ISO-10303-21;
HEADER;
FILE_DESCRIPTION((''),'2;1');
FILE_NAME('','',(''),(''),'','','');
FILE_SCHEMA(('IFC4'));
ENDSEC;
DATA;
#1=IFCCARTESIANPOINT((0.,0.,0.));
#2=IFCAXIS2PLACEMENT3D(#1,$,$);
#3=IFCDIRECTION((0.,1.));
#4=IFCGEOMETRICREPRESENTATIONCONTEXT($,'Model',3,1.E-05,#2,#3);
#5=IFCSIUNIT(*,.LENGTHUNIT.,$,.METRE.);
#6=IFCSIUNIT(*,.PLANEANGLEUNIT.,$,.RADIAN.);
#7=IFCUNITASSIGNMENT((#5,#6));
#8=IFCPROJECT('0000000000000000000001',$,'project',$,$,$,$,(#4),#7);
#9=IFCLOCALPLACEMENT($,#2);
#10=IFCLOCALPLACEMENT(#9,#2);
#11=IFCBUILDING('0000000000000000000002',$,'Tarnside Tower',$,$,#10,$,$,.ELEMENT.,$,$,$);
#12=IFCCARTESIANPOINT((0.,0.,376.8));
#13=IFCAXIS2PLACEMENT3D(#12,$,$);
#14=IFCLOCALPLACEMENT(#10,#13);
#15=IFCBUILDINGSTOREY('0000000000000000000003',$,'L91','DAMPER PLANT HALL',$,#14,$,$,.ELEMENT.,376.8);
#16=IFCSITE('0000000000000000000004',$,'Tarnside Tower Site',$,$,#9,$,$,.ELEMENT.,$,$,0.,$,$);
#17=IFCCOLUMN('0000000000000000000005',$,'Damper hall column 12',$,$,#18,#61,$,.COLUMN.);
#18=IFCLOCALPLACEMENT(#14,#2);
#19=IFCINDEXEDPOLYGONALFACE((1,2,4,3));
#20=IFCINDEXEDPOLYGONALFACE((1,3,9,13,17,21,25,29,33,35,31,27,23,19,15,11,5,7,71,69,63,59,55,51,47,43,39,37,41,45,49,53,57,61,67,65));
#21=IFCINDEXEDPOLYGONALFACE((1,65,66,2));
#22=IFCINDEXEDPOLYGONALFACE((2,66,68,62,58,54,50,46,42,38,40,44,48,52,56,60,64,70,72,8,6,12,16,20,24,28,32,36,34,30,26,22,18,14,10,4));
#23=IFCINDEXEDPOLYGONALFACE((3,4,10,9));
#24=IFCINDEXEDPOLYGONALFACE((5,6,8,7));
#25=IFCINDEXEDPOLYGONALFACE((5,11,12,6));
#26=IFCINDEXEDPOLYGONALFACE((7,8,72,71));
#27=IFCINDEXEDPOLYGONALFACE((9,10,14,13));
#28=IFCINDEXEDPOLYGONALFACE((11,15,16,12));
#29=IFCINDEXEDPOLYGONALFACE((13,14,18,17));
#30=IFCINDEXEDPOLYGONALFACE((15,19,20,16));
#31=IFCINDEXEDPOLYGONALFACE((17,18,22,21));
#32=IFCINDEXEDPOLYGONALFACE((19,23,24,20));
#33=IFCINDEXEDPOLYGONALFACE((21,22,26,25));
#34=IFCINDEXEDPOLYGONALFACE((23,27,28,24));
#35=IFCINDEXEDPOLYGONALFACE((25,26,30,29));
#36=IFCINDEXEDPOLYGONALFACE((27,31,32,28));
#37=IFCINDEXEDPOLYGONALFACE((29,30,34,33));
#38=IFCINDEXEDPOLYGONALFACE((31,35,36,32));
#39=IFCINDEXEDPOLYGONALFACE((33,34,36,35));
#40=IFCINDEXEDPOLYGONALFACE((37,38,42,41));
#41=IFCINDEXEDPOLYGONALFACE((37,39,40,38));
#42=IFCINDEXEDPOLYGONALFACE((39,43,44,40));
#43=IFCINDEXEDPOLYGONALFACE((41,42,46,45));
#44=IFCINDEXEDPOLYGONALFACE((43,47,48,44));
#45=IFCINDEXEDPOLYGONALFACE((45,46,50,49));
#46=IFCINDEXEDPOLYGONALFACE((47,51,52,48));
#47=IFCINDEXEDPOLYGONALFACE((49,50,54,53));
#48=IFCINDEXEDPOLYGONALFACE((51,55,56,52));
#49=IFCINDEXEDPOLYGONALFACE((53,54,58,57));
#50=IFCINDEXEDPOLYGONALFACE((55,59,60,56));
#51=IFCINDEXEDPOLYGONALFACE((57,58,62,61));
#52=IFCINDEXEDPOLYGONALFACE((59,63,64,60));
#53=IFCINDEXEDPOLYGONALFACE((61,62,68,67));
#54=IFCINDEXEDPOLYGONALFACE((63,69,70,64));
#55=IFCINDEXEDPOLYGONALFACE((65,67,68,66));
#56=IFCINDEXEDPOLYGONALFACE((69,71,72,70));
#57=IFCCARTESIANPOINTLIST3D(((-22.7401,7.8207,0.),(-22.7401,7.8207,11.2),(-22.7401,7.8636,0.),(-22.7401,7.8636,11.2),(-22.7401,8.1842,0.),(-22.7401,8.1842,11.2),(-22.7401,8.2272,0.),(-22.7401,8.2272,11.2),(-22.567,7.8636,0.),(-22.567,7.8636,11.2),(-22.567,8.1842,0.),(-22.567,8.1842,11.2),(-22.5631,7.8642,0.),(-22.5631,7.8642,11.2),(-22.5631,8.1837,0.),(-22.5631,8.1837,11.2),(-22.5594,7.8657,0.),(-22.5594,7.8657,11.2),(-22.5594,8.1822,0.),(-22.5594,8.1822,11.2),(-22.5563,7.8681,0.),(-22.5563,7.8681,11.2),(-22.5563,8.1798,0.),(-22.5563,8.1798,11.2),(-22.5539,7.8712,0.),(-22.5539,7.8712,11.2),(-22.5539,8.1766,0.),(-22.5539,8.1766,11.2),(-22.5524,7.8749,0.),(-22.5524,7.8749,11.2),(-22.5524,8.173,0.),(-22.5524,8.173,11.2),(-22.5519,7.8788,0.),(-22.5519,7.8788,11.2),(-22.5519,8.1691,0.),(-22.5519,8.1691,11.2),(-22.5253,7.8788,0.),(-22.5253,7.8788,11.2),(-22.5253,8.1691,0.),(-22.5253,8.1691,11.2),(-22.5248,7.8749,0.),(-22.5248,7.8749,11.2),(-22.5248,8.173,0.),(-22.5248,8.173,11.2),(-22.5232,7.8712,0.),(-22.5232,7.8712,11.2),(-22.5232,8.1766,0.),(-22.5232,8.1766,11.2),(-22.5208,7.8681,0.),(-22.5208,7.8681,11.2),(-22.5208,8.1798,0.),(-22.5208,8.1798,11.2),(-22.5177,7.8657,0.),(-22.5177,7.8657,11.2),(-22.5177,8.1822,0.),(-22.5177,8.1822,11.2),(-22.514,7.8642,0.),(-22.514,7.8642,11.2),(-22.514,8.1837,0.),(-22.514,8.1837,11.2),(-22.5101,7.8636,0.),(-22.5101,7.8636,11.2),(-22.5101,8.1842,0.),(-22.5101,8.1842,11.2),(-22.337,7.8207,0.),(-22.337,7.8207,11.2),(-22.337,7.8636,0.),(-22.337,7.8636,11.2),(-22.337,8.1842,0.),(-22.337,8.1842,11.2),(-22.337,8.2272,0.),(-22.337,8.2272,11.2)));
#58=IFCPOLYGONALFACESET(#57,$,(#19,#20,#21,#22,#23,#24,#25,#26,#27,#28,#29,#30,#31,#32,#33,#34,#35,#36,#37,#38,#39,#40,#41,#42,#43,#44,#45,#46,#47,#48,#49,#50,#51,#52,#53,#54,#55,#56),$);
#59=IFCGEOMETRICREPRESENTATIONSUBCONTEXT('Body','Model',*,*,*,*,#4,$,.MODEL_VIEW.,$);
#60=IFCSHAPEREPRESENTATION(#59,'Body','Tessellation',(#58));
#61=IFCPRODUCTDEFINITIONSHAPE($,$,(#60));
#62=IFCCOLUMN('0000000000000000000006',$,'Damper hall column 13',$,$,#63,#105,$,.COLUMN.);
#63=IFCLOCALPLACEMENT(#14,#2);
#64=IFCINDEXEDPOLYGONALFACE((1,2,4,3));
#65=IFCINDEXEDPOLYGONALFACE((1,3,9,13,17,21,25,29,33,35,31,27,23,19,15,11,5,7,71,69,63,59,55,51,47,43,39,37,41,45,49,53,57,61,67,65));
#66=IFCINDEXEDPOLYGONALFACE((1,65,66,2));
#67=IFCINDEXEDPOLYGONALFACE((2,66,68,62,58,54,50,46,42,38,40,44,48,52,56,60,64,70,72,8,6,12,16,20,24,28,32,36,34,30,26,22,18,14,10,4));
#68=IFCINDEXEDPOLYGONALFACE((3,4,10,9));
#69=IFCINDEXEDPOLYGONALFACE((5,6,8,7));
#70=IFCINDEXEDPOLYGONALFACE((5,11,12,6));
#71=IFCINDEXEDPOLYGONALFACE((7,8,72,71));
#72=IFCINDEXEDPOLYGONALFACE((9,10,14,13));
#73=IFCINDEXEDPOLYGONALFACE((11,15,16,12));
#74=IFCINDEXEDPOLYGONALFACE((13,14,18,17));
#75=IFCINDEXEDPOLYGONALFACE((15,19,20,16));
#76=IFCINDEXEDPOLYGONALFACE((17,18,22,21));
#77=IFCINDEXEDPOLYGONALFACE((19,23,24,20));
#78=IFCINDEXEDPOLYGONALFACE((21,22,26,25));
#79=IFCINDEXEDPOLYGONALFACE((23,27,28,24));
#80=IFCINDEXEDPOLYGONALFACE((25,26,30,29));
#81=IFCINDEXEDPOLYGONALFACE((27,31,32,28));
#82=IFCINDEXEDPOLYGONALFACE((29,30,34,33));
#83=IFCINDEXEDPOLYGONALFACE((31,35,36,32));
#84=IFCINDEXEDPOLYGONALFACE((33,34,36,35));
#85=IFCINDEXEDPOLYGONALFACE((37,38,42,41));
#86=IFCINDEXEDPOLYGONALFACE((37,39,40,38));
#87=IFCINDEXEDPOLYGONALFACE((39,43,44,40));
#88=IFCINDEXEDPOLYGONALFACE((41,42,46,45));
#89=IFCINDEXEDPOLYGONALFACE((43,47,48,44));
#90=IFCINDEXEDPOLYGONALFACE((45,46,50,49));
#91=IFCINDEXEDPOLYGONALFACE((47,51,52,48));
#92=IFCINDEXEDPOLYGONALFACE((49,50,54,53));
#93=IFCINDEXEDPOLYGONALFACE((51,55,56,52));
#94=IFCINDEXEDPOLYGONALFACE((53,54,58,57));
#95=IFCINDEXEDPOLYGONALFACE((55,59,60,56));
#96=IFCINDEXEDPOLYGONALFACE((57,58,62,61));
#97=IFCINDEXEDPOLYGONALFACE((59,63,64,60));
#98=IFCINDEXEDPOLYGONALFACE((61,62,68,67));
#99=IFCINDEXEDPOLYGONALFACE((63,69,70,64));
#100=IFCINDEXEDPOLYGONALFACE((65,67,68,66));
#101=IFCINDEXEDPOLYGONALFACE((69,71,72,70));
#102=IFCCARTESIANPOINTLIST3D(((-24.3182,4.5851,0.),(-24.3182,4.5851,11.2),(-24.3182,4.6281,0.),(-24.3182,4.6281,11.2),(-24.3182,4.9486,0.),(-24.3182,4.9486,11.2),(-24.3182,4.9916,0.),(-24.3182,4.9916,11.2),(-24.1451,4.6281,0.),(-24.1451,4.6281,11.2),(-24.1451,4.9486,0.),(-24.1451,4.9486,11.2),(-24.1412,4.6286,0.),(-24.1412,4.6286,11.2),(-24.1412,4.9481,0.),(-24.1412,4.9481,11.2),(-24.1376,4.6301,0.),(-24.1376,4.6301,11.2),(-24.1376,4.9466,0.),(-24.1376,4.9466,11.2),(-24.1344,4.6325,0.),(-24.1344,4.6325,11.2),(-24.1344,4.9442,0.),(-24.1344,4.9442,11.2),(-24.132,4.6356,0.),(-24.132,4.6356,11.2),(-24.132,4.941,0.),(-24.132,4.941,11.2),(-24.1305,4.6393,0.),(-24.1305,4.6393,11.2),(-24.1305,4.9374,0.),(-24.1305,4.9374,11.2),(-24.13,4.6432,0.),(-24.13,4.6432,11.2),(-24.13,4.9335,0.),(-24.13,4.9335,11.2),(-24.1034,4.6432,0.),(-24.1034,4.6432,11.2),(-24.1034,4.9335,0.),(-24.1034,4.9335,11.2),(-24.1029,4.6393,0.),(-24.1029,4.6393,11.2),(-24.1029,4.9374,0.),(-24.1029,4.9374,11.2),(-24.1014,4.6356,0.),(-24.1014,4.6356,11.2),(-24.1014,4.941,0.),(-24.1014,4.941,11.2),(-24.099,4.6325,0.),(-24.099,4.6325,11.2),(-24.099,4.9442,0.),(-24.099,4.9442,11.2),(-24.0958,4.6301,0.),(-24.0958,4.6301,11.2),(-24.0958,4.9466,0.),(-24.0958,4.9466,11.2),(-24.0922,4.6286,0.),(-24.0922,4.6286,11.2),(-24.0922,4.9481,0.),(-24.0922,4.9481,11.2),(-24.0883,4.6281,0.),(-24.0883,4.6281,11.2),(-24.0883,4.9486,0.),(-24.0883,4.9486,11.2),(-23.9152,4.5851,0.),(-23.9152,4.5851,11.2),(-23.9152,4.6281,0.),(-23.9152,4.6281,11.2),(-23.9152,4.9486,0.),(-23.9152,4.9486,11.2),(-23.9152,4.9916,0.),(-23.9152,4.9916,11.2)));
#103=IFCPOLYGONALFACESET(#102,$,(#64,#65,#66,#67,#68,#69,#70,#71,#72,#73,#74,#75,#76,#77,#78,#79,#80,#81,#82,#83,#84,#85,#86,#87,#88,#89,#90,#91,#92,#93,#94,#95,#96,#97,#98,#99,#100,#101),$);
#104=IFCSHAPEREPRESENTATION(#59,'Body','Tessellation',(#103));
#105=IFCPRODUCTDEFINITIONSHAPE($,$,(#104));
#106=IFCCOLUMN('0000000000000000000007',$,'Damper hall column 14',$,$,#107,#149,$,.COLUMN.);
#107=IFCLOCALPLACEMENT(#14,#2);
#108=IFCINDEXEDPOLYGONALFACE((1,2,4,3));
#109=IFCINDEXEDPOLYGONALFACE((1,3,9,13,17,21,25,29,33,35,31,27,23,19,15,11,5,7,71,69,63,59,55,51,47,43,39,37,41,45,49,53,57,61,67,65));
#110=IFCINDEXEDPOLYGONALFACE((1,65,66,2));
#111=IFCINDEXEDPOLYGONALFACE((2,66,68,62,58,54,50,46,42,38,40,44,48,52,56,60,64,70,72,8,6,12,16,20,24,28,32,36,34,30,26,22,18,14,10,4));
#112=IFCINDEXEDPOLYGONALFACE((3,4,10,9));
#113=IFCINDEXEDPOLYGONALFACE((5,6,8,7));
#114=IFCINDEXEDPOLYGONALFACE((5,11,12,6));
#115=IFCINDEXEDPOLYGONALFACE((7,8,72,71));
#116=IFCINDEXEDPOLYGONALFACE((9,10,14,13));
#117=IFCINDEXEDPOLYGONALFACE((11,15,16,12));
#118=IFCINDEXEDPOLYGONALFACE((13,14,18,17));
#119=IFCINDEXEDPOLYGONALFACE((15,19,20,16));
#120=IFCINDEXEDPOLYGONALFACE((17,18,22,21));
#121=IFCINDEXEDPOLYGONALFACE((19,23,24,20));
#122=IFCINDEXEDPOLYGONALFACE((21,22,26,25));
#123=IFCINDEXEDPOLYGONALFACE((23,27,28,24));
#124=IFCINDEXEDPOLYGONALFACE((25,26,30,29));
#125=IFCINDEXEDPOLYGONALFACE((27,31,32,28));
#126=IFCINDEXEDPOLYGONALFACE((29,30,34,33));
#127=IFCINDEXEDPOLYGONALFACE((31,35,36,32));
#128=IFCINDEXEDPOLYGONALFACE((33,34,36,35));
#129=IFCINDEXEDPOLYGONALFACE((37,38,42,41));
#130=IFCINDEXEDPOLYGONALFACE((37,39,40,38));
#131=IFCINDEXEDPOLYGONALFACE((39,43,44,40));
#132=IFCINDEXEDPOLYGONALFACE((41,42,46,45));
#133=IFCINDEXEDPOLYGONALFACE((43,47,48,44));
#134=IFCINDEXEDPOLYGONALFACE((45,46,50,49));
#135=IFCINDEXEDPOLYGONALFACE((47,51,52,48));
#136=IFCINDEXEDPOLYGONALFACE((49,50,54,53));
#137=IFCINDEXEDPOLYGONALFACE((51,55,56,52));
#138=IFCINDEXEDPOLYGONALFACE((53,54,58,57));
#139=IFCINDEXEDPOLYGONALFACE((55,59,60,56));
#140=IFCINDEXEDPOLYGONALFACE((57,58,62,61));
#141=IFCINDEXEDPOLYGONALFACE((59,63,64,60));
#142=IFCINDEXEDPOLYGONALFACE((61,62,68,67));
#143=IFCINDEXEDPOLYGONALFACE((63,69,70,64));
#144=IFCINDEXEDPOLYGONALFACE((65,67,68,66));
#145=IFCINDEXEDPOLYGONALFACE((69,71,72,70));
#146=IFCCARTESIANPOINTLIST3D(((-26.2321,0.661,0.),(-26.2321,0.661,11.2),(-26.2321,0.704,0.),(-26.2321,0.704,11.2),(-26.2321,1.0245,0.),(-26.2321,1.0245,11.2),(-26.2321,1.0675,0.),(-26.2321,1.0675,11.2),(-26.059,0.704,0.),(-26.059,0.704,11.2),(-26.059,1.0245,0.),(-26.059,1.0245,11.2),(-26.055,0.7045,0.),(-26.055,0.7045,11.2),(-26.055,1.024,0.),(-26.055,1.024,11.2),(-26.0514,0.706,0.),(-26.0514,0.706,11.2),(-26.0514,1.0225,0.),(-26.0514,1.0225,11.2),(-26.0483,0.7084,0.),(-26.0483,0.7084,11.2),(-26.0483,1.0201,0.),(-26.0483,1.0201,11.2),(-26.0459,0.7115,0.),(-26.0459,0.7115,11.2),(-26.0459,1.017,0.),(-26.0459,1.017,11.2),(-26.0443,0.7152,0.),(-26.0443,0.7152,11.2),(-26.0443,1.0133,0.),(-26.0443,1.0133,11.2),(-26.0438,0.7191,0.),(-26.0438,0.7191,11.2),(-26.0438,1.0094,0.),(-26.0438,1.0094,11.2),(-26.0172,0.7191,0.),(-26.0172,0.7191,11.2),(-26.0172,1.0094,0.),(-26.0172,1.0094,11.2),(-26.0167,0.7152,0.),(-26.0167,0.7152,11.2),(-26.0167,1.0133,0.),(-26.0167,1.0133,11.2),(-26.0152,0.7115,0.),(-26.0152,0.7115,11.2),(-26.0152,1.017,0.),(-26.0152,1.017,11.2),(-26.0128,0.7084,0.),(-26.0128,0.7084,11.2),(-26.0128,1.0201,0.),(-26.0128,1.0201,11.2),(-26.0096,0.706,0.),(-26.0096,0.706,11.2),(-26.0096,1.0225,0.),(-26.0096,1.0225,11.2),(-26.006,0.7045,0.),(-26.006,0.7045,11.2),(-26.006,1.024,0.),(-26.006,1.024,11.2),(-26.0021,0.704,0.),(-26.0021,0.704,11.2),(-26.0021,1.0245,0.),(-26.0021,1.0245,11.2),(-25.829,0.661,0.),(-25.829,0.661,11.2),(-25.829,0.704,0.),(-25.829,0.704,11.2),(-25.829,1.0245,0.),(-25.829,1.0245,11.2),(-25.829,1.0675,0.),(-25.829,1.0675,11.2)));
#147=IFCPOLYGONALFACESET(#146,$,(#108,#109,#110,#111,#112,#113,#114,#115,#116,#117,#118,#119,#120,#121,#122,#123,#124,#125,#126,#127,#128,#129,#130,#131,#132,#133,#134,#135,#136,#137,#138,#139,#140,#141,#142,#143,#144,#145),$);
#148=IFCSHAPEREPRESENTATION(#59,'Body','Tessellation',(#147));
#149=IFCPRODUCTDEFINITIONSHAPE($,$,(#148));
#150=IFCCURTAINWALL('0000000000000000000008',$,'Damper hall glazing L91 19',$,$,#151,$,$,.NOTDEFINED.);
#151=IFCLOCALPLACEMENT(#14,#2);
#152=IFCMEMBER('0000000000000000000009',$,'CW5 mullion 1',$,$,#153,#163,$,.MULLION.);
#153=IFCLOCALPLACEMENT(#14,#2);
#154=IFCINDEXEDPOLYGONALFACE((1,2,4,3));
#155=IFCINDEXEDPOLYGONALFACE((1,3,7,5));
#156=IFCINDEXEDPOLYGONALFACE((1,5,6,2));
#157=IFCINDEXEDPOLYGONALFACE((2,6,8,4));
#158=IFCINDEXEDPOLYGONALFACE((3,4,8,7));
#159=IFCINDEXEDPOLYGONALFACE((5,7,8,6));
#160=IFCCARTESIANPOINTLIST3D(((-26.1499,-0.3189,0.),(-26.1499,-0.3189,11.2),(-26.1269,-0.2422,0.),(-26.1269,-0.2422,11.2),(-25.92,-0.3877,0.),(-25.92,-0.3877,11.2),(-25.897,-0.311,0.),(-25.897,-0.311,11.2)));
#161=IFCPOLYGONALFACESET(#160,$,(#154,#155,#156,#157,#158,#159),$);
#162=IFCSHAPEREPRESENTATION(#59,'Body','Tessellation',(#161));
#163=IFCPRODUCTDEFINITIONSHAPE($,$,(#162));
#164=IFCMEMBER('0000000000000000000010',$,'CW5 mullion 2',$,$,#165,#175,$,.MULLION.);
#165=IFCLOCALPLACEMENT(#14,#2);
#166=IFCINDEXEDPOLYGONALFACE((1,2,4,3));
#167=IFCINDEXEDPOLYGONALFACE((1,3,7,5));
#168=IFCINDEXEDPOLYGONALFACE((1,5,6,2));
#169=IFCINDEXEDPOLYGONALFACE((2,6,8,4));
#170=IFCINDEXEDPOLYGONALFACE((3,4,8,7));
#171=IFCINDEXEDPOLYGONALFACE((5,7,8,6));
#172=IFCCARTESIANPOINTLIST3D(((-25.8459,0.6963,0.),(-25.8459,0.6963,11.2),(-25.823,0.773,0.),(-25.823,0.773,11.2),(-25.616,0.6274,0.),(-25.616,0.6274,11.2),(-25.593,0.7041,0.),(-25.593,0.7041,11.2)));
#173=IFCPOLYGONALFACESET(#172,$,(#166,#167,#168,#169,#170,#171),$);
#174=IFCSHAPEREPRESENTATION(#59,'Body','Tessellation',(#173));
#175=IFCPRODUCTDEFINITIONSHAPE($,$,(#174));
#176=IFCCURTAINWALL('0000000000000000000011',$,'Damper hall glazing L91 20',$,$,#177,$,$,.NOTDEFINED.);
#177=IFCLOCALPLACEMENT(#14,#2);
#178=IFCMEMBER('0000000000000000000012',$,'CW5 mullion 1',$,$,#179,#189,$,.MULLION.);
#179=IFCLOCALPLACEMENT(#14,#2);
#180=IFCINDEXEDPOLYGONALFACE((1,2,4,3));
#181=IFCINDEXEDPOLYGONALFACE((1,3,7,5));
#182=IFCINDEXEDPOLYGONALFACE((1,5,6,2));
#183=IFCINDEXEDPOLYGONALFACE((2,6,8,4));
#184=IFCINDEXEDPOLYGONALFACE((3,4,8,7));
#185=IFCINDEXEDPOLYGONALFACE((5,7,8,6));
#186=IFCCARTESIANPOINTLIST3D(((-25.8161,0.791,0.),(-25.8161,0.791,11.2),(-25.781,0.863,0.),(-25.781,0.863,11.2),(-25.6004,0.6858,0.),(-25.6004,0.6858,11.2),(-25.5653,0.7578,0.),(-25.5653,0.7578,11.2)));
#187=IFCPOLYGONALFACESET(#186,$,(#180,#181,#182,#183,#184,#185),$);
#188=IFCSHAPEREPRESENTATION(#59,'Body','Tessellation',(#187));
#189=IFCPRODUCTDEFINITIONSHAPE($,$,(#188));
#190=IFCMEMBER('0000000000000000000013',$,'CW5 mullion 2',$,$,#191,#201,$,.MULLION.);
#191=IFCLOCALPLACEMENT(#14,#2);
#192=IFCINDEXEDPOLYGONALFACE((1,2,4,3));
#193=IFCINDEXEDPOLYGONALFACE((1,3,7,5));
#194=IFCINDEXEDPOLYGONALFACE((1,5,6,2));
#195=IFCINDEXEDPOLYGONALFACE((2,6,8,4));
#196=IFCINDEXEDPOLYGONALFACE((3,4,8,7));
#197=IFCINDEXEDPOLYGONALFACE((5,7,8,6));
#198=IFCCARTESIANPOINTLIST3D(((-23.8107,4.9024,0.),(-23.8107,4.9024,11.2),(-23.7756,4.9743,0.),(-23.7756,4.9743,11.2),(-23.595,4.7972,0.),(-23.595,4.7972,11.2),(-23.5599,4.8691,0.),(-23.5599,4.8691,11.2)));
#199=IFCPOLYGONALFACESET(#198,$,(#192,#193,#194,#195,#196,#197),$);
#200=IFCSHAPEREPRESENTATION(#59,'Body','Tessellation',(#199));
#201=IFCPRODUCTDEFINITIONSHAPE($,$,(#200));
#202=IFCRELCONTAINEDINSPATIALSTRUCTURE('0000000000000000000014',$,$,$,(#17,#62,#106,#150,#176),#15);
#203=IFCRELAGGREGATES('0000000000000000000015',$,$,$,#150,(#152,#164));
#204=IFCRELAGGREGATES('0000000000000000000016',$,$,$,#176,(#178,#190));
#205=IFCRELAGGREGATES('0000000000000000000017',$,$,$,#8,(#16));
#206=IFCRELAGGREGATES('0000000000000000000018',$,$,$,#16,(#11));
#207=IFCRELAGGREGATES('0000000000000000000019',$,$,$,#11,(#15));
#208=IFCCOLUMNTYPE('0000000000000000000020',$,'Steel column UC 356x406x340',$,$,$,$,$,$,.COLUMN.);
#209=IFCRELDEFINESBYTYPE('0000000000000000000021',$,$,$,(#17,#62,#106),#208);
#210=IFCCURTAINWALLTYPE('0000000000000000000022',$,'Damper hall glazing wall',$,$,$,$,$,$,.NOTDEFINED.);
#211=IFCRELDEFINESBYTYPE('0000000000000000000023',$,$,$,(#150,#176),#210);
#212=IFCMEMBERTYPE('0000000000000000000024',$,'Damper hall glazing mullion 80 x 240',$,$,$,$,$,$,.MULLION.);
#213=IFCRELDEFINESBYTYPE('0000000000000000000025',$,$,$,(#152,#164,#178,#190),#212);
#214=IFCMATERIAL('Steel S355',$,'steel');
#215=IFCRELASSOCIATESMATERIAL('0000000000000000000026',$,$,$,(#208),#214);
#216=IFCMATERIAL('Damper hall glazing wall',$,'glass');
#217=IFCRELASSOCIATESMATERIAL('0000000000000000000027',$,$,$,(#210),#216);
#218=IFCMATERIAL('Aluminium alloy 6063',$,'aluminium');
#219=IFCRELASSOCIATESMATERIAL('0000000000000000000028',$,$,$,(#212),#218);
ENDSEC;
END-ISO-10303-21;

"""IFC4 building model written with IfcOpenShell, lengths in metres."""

from ifc_helpers import new_model, si_unit, direction, frame, origin, origin_2d, place, context, subcontext, project, spatial, rectangle, i_section, extrude, material, material_profile, profile_set, type_object, element, aggregate, save


model = new_model("IFC4")

# Units and contexts
model_context = context("Model", 3, precision=1e-05, world=origin(), true_north=direction((0.0, 1.0)))
body_context = subcontext(model_context, "Body", "Model", "MODEL_VIEW")
ifc_project = project(units=[si_unit("LENGTHUNIT", "METRE"), si_unit("PLANEANGLEUNIT", "RADIAN")], contexts=[model_context])

# Site, building, storey
site_placement = place(None, origin())
site = spatial("IfcSite", under=ifc_project, at=site_placement, Name="Tarnside Tower Site", CompositionType="ELEMENT", RefElevation=0.0)
building_placement = place(site_placement, origin())
building = spatial("IfcBuilding", under=site, at=building_placement, Name="Tarnside Tower", CompositionType="ELEMENT")
storey_placement = place(building_placement, frame((0.0, 0.0, 376.8)))
storey = spatial("IfcBuildingStorey", under=building, at=storey_placement, Name="L91", Description="DAMPER PLANT HALL", CompositionType="ELEMENT", Elevation=376.8)

# Columns
ifc_material_1 = material(Name="Steel S355", Category="steel")
ifc_material_profile_1 = material_profile(ifc_material_1, i_section(OverallWidth=0.4031, OverallDepth=0.4065, WebThickness=0.0266, FlangeThickness=0.043, FilletRadius=0.0151, at=origin_2d()), Name="UC 356x406x340")
ifc_profile_set_1 = profile_set([ifc_material_profile_1], Name="Steel S355")
column_type = type_object("IfcColumnType", Name="Steel column UC 356x406x340", PredefinedType="COLUMN", material=ifc_profile_set_1)
for number, where, z_axis, x_axis, name in (
    (1, (-22.5386, 8.0239, 0.0), (0.0, 0.0, 1.0), (1.0, 0.0, 0.0), "Damper hall column 12"),
    (2, (-24.1167, 4.7883, 0.0), (0.0, 0.0, 1.0), (1.0, 0.0, 0.0), "Damper hall column 13"),
    (3, (-26.0305, 0.8643, 0.0), (0.0, 0.0, 1.0), (1.0, 0.0, 0.0), "Damper hall column 14"),
):
    element("IfcColumn", number, at=place(storey_placement, frame(where, z_axis=z_axis, x_axis=x_axis)), inside=storey, type_object=column_type, Name=name, PredefinedType="COLUMN", context=body_context, shape_type="SweptSolid", body=[
        extrude(i_section(OverallWidth=0.4031, OverallDepth=0.4065, WebThickness=0.0266, FlangeThickness=0.043, FilletRadius=0.0151, at=origin_2d()), origin(), (0.0, 0.0, 1.0), 11.2),
    ])

# Curtain walls, members
ifc_material_2 = material(Name="Damper hall glazing wall", Category="glass")
curtain_wall_type = type_object("IfcCurtainWallType", Name="Damper hall glazing wall", PredefinedType="NOTDEFINED", material=ifc_material_2)
curtain_wall_1_placement = place(storey_placement, origin())
curtain_wall_1 = element("IfcCurtainWall", 4, at=curtain_wall_1_placement, inside=storey, type_object=curtain_wall_type, Name="Damper hall glazing L91 19", PredefinedType="NOTDEFINED")
ifc_material_3 = material(Name="Aluminium alloy 6063", Category="aluminium")
ifc_material_profile_2 = material_profile(ifc_material_3, rectangle(XDim=0.24, YDim=0.0801, at=origin_2d()), Name="Damper hall glazing mullion 80 x 240")
ifc_profile_set_2 = profile_set([ifc_material_profile_2], Name="Aluminium alloy 6063")
member_type_1 = type_object("IfcMemberType", Name="Damper hall glazing mullion 80 x 240", PredefinedType="MULLION", material=ifc_profile_set_2)
member_1_placement = place(storey_placement, frame((-26.0234, -0.3149, 0.0), z_axis=(0.0, 0.0, 1.0), x_axis=(-0.95799, 0.286803, 0.0)))
member_1 = element("IfcMember", 5, at=member_1_placement, type_object=member_type_1, Name="CW5 mullion 1", PredefinedType="MULLION", context=body_context, shape_type="SweptSolid", body=[
    extrude(rectangle(XDim=0.24, YDim=0.0801, at=origin_2d()), origin(), (0.0, 0.0, 1.0), 11.2),
])
member_2_placement = place(storey_placement, frame((-25.7195, 0.7002, 0.0), z_axis=(0.0, 0.0, 1.0), x_axis=(-0.95799, 0.286803, 0.0)))
member_2 = element("IfcMember", 6, at=member_2_placement, type_object=member_type_1, Name="CW5 mullion 2", PredefinedType="MULLION", context=body_context, shape_type="SweptSolid", body=[
    extrude(rectangle(XDim=0.24, YDim=0.0801, at=origin_2d()), origin(), (0.0, 0.0, 1.0), 11.2),
])
curtain_wall_2_placement = place(storey_placement, origin())
curtain_wall_2 = element("IfcCurtainWall", 7, at=curtain_wall_2_placement, inside=storey, type_object=curtain_wall_type, Name="Damper hall glazing L91 20", PredefinedType="NOTDEFINED")
member_3_placement = place(storey_placement, frame((-25.6907, 0.7744, 0.0), z_axis=(0.0, 0.0, 1.0), x_axis=(-0.898794, 0.438371, 0.0)))
member_3 = element("IfcMember", 8, at=member_3_placement, type_object=member_type_1, Name="CW5 mullion 1", PredefinedType="MULLION", context=body_context, shape_type="SweptSolid", body=[
    extrude(rectangle(XDim=0.24, YDim=0.0801, at=origin_2d()), origin(), (0.0, 0.0, 1.0), 11.2),
])
member_4_placement = place(storey_placement, frame((-23.6853, 4.8857, 0.0), z_axis=(0.0, 0.0, 1.0), x_axis=(-0.898794, 0.438371, 0.0)))
member_4 = element("IfcMember", 9, at=member_4_placement, type_object=member_type_1, Name="CW5 mullion 2", PredefinedType="MULLION", context=body_context, shape_type="SweptSolid", body=[
    extrude(rectangle(XDim=0.24, YDim=0.0801, at=origin_2d()), origin(), (0.0, 0.0, 1.0), 11.2),
])

aggregate(curtain_wall_1, [member_1, member_2])
aggregate(curtain_wall_2, [member_3, member_4])

save(model, "model.ifc")
